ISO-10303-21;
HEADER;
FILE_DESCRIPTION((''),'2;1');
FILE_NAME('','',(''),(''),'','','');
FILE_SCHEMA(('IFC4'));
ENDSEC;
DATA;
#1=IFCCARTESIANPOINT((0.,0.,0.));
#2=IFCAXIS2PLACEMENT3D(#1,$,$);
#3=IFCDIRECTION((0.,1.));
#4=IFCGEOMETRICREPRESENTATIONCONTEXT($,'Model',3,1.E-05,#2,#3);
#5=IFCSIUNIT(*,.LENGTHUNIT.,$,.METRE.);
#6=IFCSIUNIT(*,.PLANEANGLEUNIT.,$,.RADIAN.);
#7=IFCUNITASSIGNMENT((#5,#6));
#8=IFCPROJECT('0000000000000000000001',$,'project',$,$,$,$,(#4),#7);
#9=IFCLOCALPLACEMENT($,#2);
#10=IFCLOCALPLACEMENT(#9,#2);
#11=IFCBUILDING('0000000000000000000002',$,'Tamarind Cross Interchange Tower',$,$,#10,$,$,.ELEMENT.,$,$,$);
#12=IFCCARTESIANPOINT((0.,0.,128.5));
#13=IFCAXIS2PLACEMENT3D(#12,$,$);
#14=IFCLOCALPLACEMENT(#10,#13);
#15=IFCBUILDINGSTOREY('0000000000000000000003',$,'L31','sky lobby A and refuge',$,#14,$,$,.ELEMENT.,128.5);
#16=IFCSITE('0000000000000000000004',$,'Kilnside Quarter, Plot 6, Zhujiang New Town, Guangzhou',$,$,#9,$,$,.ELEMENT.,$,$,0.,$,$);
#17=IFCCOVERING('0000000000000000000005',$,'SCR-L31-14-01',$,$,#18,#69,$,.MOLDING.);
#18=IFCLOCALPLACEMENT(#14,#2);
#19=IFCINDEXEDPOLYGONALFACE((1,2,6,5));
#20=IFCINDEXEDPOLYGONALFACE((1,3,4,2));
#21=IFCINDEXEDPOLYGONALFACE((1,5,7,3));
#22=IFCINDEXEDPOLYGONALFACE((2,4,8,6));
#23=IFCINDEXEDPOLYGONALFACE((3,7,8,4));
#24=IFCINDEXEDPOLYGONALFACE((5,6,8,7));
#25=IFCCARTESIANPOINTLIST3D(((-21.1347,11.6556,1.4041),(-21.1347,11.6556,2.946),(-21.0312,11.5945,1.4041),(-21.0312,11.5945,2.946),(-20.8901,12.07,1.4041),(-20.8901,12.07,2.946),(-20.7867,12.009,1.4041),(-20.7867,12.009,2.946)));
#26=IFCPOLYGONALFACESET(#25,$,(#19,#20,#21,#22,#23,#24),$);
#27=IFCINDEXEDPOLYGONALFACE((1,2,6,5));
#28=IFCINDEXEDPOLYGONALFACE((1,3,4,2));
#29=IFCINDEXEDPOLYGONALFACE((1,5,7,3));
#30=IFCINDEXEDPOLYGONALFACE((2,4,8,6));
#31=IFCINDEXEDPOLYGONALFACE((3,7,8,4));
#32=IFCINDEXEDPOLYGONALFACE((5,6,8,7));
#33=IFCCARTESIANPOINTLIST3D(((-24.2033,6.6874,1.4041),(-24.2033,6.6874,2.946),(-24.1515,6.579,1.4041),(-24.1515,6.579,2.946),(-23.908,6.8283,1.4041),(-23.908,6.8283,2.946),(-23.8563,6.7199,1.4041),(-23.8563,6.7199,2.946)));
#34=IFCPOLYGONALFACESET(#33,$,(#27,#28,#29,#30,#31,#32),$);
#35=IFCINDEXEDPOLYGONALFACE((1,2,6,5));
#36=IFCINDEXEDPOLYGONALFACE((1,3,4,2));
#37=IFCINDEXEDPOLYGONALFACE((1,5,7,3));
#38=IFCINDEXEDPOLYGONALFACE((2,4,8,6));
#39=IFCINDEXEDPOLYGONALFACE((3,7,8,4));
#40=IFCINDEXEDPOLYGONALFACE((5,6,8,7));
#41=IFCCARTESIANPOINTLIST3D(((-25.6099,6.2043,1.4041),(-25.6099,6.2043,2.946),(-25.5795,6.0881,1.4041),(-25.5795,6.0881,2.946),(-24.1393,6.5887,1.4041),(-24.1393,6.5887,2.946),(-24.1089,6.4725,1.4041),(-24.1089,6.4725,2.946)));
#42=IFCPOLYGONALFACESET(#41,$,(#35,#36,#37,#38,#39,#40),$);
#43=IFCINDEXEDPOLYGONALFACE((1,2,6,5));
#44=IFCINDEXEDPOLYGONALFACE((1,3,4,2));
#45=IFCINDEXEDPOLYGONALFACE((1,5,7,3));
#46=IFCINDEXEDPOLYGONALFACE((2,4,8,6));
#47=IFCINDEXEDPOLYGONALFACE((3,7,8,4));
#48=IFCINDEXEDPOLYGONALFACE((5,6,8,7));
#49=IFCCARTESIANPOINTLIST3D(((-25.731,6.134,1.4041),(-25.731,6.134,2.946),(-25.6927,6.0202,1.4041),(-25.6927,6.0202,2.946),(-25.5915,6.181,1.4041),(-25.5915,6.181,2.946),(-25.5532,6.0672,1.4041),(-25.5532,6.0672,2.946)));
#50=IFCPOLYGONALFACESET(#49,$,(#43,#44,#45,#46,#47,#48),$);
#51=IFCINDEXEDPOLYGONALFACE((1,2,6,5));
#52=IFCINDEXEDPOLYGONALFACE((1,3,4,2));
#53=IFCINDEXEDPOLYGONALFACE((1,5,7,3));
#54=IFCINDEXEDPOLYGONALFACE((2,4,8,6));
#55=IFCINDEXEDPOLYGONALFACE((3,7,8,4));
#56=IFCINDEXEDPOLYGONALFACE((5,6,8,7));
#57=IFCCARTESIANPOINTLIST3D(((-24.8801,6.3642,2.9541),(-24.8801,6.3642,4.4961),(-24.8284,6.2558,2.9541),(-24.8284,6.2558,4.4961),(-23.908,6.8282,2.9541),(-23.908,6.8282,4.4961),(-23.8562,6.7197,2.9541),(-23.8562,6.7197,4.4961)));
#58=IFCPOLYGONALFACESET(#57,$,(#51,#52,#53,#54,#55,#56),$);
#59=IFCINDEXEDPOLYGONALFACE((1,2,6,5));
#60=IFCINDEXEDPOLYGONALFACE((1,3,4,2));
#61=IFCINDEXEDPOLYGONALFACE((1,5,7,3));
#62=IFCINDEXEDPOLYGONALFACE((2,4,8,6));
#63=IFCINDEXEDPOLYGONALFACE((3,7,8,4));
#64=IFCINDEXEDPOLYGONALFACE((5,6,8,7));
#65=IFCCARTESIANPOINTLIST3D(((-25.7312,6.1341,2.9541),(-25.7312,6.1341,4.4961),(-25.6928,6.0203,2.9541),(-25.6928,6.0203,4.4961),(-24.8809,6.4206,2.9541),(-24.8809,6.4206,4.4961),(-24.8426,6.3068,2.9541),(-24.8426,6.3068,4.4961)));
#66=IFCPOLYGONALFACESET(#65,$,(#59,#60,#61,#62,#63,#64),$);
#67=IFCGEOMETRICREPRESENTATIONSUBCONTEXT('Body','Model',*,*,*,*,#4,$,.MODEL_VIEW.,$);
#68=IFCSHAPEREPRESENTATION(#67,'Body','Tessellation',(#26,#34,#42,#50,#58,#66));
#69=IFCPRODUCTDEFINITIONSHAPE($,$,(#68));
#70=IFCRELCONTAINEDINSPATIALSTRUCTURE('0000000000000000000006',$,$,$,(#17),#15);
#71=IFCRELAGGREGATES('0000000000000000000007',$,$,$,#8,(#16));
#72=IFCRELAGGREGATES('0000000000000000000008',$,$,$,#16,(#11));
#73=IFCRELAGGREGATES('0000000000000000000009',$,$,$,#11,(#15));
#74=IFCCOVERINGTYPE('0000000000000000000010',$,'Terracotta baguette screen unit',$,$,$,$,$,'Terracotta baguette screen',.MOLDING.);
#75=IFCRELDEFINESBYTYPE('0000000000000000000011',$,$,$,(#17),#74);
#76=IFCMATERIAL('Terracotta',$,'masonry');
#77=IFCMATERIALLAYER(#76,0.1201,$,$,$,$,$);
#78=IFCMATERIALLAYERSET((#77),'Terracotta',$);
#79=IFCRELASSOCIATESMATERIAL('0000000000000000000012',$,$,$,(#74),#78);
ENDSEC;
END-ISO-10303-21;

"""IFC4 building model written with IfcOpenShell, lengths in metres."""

from ifc_helpers import new_model, si_unit, direction, frame, origin, origin_2d, place, context, subcontext, project, spatial, rectangle, extrude, material, layer, layer_set, type_object, element, save


model = new_model("IFC4")

# Units and contexts
model_context = context("Model", 3, precision=1e-05, world=origin(), true_north=direction((0.0, 1.0)))
body_context = subcontext(model_context, "Body", "Model", "MODEL_VIEW")
ifc_project = project(units=[si_unit("LENGTHUNIT", "METRE"), si_unit("PLANEANGLEUNIT", "RADIAN")], contexts=[model_context])

# Site, building, storey
site_placement = place(None, origin())
site = spatial("IfcSite", under=ifc_project, at=site_placement, Name="Kilnside Quarter, Plot 6, Zhujiang New Town, Guangzhou", CompositionType="ELEMENT", RefElevation=0.0)
building_placement = place(site_placement, origin())
building = spatial("IfcBuilding", under=site, at=building_placement, Name="Tamarind Cross Interchange Tower", CompositionType="ELEMENT")
storey_placement = place(building_placement, frame((0.0, 0.0, 128.5)))
storey = spatial("IfcBuildingStorey", under=building, at=storey_placement, Name="L31", Description="sky lobby A and refuge", CompositionType="ELEMENT", Elevation=128.5)

# Covering
ifc_material_1 = material(Name="Terracotta", Category="masonry")
ifc_layer_1 = layer(ifc_material_1, 0.1201)
ifc_layer_set_1 = layer_set([ifc_layer_1], Name="Terracotta")
covering_type = type_object("IfcCoveringType", Name="Terracotta baguette screen unit", ElementType="Terracotta baguette screen", PredefinedType="MOLDING", material=ifc_layer_set_1)
covering_1_placement = place(storey_placement, origin())
element("IfcCovering", 1, at=covering_1_placement, inside=storey, type_object=covering_type, Name="SCR-L31-14-01", PredefinedType="MOLDING", context=body_context, shape_type="SweptSolid", body=[
    extrude(rectangle(XDim=0.4812, YDim=0.1201, at=origin_2d()), frame((-20.9607, 11.8323, 1.4041), z_axis=(0.0, 0.0, 1.0), x_axis=(-0.508183, -0.861249, 0.0)), (0.0, 0.0, 1.0), 1.542),
    extrude(rectangle(XDim=0.3271, YDim=0.1201, at=origin_2d()), frame((-24.0298, 6.7036, 1.4041), z_axis=(0.0, 0.0, 1.0), x_axis=(-0.902502, -0.430685, 0.0)), (0.0, 0.0, 1.0), 1.542),
    extrude(rectangle(XDim=1.52, YDim=0.1201, at=origin_2d()), frame((-24.8594, 6.3384, 1.4041), z_axis=(0.0, 0.0, 1.0), x_axis=(-0.967501, -0.252868, 0.0)), (0.0, 0.0, 1.0), 1.542),
    extrude(rectangle(XDim=0.1472, YDim=0.1201, at=origin_2d()), frame((-25.6421, 6.1006, 1.4041), z_axis=(0.0, 0.0, 1.0), x_axis=(-0.947657, -0.31929, 0.0)), (0.0, 0.0, 1.0), 1.542),
    extrude(rectangle(XDim=1.0771, YDim=0.1201, at=origin_2d()), frame((-24.3682, 6.542, 2.9541), z_axis=(0.0, 0.0, 1.0), x_axis=(-0.902502, -0.430685, 0.0)), (0.0, 0.0, 1.0), 1.542),
    extrude(rectangle(XDim=0.8972, YDim=0.1201, at=origin_2d()), frame((-25.2869, 6.2205, 2.9541), z_axis=(0.0, 0.0, 1.0), x_axis=(-0.947657, -0.31929, 0.0)), (0.0, 0.0, 1.0), 1.542),
])

save(model, "model.ifc")
